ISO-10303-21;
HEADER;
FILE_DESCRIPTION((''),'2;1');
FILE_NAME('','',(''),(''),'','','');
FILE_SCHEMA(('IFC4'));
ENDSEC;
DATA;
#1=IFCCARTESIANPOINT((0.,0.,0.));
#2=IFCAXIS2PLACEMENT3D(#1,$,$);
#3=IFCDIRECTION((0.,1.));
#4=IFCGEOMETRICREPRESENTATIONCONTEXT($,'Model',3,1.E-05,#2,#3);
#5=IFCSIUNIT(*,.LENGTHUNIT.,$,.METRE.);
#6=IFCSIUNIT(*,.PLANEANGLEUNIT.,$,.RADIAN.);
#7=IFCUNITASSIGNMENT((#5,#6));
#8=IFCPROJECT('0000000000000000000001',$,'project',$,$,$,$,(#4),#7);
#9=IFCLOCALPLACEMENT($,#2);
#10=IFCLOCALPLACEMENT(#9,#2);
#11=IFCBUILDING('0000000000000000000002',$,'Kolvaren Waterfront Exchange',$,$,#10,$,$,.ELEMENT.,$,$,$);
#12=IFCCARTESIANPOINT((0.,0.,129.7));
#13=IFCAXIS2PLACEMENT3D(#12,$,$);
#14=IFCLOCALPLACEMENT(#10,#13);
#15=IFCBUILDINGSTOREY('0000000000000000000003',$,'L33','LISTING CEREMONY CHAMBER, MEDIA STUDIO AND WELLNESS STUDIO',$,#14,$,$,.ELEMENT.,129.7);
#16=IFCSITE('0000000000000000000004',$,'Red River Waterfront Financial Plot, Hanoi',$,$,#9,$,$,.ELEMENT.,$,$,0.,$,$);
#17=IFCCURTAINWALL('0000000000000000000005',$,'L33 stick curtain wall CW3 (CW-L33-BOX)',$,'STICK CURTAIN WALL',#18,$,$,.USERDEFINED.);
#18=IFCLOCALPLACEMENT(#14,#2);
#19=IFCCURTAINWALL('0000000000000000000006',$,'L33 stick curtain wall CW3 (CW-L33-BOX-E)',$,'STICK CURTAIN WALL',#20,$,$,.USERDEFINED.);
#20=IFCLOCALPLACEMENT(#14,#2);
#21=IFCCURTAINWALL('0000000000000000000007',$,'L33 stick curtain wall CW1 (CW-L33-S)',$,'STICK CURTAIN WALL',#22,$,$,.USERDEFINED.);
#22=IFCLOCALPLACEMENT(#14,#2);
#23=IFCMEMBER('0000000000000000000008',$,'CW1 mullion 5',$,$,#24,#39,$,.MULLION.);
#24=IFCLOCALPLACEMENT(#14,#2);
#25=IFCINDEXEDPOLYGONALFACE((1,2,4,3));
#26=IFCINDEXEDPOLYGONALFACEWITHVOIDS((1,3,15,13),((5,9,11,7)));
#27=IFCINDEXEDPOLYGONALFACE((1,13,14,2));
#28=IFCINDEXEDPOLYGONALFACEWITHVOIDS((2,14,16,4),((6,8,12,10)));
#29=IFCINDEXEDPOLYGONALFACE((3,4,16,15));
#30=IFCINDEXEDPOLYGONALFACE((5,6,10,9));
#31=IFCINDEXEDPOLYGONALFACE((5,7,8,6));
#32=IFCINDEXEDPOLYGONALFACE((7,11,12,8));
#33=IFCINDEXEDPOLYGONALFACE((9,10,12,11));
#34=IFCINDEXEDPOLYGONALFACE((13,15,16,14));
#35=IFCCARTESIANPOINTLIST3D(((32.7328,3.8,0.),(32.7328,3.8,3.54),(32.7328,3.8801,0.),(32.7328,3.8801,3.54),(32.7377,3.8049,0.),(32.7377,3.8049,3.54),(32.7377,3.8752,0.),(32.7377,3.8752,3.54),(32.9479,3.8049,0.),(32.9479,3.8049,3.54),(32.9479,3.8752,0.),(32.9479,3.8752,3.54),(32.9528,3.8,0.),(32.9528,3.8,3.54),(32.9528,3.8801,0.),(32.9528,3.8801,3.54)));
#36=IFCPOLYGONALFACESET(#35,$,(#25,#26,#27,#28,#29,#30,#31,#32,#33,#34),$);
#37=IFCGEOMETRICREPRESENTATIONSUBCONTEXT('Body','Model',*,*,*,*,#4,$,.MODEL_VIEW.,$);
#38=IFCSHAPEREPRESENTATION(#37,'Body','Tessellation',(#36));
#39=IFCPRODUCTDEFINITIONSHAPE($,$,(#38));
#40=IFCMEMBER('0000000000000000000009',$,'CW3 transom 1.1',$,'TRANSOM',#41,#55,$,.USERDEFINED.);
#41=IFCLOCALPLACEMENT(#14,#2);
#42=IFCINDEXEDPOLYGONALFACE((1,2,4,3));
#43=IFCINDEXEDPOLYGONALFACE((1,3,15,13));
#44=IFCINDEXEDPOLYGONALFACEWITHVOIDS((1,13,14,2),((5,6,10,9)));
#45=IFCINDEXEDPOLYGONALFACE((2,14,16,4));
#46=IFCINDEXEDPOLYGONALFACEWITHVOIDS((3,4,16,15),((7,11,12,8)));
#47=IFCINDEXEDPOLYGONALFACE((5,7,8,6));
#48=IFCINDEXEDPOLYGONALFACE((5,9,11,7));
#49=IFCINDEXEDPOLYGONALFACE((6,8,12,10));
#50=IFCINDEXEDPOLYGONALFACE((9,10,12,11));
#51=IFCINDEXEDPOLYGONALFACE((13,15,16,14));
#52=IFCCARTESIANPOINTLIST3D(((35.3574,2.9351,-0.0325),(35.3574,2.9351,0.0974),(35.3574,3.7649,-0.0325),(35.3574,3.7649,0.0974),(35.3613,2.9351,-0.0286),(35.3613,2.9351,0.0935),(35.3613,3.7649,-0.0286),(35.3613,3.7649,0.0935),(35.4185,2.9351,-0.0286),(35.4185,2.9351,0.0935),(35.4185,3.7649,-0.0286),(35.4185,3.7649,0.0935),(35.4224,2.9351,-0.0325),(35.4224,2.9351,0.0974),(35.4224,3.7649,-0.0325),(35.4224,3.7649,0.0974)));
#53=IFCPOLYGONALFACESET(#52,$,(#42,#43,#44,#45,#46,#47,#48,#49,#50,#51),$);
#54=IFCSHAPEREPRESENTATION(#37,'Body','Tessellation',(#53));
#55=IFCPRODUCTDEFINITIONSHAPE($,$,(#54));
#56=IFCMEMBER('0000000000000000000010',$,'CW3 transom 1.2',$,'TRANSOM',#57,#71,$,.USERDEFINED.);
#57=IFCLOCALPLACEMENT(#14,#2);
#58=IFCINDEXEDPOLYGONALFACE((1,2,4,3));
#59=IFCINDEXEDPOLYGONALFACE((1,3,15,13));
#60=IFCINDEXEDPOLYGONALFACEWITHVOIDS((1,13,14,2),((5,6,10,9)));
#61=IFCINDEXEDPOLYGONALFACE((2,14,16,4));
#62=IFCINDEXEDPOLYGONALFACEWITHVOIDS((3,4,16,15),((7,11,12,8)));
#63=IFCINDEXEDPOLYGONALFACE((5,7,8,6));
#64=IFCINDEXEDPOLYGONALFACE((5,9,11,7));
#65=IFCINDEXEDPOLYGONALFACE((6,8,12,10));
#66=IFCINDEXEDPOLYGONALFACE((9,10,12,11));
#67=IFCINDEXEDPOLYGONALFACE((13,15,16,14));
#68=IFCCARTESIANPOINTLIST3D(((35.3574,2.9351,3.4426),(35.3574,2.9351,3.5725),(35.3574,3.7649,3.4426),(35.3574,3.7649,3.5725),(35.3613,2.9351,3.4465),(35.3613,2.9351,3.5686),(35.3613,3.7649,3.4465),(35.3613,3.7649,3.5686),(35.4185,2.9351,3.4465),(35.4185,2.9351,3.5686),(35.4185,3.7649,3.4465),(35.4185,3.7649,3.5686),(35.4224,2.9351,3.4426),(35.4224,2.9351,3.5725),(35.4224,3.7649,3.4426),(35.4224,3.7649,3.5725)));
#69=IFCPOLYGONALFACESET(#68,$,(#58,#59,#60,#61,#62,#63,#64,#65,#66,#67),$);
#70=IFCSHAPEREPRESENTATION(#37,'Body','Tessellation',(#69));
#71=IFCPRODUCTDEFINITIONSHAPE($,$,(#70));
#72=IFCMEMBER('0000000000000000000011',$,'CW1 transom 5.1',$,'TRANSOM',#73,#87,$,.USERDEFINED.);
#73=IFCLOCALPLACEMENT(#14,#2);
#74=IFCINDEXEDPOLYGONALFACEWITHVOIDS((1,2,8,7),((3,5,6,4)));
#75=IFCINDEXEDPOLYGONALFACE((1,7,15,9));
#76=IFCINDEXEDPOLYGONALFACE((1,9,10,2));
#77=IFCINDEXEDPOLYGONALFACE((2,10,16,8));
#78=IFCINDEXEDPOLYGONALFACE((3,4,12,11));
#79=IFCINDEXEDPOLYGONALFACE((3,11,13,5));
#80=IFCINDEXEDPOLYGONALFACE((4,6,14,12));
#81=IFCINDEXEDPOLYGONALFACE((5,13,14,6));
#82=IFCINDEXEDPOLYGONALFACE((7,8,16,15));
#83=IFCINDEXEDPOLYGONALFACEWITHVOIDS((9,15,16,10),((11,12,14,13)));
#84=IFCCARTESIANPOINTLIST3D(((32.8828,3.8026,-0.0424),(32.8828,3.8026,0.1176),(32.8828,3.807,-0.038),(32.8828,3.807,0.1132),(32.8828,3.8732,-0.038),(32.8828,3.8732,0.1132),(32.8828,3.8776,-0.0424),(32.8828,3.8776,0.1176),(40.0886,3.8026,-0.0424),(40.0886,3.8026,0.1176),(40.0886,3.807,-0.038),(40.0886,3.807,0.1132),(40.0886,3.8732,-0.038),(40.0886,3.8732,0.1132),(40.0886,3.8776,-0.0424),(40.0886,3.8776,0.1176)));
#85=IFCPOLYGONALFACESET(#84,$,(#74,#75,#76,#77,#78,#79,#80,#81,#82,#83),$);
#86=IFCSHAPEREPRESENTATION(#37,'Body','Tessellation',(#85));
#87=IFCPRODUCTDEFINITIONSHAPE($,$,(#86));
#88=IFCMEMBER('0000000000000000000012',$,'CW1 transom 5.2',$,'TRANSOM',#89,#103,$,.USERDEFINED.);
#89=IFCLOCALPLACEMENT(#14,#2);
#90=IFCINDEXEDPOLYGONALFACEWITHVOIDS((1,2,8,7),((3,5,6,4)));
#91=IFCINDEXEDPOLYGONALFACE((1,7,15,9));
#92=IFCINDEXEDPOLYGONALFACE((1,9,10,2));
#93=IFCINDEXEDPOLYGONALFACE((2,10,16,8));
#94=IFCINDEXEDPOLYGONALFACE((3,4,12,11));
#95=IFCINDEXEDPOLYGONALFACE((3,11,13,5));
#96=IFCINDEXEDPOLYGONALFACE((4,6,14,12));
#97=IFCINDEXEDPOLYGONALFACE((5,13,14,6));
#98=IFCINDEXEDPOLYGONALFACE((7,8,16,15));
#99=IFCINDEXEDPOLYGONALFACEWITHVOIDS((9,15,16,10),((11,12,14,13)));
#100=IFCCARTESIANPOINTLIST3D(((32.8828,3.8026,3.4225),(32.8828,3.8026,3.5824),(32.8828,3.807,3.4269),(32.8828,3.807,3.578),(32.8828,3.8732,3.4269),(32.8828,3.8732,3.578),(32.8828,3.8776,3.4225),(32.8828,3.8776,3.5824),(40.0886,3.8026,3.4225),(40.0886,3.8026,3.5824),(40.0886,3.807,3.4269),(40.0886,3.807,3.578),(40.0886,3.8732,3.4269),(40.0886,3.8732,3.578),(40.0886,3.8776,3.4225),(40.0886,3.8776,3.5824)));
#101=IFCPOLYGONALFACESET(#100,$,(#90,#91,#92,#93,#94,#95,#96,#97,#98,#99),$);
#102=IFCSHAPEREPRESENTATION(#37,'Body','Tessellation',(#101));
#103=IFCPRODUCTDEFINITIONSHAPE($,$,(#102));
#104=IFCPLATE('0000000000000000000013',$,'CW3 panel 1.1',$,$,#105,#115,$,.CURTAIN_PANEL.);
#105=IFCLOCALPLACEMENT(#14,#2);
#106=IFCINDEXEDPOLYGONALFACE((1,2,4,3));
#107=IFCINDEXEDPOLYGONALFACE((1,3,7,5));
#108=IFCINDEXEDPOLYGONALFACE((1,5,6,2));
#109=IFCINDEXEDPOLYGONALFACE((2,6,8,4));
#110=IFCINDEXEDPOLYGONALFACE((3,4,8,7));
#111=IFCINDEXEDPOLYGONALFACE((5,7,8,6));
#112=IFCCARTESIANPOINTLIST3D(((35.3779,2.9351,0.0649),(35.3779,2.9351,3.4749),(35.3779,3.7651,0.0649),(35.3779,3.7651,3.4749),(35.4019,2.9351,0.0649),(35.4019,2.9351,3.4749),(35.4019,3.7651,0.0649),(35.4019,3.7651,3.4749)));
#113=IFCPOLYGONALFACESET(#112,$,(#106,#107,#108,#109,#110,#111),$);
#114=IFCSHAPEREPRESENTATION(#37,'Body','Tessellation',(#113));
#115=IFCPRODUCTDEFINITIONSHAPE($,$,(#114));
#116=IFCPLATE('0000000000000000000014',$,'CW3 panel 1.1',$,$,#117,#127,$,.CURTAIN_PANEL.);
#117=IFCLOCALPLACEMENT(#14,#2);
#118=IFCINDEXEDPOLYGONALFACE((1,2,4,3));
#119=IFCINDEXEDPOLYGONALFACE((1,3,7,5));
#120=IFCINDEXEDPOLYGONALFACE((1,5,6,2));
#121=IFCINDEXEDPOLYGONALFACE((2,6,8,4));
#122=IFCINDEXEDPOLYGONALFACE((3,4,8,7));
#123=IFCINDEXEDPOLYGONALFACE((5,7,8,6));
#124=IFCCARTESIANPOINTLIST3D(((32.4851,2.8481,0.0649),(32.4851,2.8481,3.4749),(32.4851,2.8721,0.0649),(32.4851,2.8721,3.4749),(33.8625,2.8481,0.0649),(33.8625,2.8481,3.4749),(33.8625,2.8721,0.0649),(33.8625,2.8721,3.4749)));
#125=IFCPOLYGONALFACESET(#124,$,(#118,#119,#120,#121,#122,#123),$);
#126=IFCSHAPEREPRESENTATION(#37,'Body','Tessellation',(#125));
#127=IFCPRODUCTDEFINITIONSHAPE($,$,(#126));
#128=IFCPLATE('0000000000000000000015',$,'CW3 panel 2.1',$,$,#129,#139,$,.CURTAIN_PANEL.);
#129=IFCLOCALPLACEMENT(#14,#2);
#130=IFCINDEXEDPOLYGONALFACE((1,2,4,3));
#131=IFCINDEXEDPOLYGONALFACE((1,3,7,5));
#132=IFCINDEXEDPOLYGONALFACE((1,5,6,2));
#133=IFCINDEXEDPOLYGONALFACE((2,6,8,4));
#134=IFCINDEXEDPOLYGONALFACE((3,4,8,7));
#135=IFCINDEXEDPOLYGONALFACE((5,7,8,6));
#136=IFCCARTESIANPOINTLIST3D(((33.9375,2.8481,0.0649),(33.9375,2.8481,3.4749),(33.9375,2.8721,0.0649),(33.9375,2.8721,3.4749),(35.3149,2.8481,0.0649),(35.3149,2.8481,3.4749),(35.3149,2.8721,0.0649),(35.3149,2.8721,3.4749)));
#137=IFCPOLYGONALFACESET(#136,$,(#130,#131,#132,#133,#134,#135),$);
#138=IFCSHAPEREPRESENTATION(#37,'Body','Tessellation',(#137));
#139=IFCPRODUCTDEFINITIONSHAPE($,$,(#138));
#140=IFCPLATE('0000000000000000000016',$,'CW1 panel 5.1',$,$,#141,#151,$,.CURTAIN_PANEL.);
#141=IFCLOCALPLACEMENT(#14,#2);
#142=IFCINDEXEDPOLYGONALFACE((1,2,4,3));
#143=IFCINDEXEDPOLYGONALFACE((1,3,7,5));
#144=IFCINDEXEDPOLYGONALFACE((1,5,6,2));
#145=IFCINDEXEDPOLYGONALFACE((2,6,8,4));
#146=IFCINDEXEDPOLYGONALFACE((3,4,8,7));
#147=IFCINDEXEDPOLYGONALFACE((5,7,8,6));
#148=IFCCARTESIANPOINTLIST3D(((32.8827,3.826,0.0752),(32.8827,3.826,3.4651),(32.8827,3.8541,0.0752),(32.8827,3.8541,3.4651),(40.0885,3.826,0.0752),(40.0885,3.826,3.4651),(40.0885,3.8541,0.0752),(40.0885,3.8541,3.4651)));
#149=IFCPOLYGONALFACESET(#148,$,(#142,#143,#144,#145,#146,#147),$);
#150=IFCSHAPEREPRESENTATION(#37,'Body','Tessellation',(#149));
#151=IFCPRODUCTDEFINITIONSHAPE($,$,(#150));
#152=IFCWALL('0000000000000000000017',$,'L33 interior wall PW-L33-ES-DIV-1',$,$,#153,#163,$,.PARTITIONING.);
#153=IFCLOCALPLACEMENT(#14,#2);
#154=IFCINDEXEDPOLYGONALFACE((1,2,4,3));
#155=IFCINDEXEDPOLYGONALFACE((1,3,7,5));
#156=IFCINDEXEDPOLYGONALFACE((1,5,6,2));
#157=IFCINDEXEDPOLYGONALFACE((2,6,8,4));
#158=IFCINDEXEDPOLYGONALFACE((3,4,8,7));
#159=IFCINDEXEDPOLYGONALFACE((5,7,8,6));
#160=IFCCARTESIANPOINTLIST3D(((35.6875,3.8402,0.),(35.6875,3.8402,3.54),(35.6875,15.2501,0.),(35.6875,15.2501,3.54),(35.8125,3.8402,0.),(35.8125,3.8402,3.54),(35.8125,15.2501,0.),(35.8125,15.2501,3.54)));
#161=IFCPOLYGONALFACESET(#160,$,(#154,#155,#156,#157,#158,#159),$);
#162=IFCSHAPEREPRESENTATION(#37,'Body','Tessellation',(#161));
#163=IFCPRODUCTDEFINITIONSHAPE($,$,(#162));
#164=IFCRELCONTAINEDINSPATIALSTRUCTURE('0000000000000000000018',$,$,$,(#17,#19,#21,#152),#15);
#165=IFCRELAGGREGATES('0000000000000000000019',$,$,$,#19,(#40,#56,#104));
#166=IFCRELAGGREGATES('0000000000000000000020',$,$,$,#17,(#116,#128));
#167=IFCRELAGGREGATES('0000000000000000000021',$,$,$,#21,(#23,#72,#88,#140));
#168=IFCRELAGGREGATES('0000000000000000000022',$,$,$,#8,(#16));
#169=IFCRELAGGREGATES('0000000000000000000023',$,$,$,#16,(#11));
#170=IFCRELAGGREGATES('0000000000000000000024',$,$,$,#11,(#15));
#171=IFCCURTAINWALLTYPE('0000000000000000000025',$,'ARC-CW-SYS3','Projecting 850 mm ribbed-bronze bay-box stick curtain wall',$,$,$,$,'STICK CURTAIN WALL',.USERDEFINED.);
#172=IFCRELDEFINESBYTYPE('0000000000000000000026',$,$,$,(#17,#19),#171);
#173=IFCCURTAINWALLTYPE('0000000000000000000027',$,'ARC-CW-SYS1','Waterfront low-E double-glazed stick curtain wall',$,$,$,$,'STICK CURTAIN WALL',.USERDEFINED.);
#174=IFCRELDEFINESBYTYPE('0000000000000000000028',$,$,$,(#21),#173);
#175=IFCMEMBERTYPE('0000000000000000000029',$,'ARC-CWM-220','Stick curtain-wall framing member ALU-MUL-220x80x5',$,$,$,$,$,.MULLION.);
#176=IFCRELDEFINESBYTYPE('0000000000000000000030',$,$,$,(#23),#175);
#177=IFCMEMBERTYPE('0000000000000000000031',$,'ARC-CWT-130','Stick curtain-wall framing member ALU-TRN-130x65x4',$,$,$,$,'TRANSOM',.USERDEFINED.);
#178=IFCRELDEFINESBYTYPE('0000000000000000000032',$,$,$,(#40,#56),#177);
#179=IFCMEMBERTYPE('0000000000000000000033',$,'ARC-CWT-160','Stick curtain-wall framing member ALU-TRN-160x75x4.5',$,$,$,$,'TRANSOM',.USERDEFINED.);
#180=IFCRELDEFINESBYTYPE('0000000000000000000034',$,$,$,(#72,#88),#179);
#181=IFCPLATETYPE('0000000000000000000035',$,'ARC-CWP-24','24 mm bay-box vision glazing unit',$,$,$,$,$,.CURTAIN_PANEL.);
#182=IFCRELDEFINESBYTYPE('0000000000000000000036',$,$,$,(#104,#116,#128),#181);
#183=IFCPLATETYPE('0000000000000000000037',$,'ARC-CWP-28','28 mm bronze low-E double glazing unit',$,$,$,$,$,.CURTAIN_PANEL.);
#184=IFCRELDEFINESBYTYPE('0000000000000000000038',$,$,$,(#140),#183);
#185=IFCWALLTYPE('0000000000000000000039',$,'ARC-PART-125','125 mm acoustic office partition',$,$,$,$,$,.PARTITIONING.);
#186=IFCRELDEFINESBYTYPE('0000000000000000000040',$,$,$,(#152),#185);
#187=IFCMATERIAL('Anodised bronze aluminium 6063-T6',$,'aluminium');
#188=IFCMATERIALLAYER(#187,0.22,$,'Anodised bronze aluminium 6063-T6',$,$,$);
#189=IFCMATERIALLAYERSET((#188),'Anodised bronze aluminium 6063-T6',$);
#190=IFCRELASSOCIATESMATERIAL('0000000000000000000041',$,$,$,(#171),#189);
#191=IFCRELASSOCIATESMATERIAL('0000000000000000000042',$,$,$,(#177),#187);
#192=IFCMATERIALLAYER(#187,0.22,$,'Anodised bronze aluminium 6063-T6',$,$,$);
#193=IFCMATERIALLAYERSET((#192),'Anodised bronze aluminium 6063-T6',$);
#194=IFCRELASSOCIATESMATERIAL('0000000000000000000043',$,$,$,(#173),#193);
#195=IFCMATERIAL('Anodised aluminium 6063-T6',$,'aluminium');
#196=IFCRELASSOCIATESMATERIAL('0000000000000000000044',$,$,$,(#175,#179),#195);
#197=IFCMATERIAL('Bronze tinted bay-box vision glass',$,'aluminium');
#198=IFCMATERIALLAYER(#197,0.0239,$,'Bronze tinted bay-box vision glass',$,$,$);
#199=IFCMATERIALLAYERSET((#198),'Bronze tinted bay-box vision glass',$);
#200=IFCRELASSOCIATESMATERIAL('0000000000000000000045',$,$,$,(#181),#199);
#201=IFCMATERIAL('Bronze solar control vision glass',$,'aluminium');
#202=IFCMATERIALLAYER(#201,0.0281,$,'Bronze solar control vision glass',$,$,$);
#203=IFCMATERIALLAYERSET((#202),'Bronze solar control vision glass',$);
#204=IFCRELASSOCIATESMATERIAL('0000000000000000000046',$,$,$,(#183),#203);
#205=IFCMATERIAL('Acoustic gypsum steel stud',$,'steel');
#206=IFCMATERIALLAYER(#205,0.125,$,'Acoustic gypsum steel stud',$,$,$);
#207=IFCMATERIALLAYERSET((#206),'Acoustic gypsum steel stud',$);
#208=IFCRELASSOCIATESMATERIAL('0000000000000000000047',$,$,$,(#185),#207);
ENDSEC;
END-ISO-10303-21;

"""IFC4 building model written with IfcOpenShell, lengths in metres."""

from ifc_helpers import new_model, si_unit, direction, frame, frame_2d, origin, origin_with_axes, origin_2d, place, context, subcontext, project, spatial, rectangle, hollow_rectangle, extrude, source, transform, mapped, material, layer, layer_set, material_profile, profile_set, type_object, element, aggregate, save


model = new_model("IFC4")

# Units and contexts
model_context = context("Model", 3, precision=1e-05, world=origin(), true_north=direction((0.0, 1.0)))
body_context = subcontext(model_context, "Body", "Model", "MODEL_VIEW")
ifc_project = project(units=[si_unit("LENGTHUNIT", "METRE"), si_unit("PLANEANGLEUNIT", "RADIAN")], contexts=[model_context])

# Site, building, storey
site_placement = place(None, origin())
site = spatial("IfcSite", under=ifc_project, at=site_placement, Name="Red River Waterfront Financial Plot, Hanoi", CompositionType="ELEMENT", RefElevation=0.0)
building_placement = place(site_placement, origin())
building = spatial("IfcBuilding", under=site, at=building_placement, Name="Kolvaren Waterfront Exchange", CompositionType="ELEMENT")
storey_placement = place(building_placement, frame((0.0, 0.0, 129.7)))
storey = spatial("IfcBuildingStorey", under=building, at=storey_placement, Name="L33", Description="LISTING CEREMONY CHAMBER, MEDIA STUDIO AND WELLNESS STUDIO", CompositionType="ELEMENT", Elevation=129.7)

# Curtain walls
ifc_material_1 = material(Name="Anodised bronze aluminium 6063-T6", Category="aluminium")
ifc_layer_1 = layer(ifc_material_1, 0.22, Name="Anodised bronze aluminium 6063-T6")
ifc_layer_set_1 = layer_set([ifc_layer_1], Name="Anodised bronze aluminium 6063-T6")
curtain_wall_type_1 = type_object("IfcCurtainWallType", Name="ARC-CW-SYS3", Description="Projecting 850 mm ribbed-bronze bay-box stick curtain wall", ElementType="STICK CURTAIN WALL", PredefinedType="USERDEFINED", material=ifc_layer_set_1)
curtain_wall_1_placement = place(storey_placement, origin())
curtain_wall_1 = element("IfcCurtainWall", 1, at=curtain_wall_1_placement, inside=storey, type_object=curtain_wall_type_1, Name="L33 stick curtain wall CW3 (CW-L33-BOX)", ObjectType="STICK CURTAIN WALL", PredefinedType="USERDEFINED")
curtain_wall_2_placement = place(storey_placement, origin())
curtain_wall_2 = element("IfcCurtainWall", 2, at=curtain_wall_2_placement, inside=storey, type_object=curtain_wall_type_1, Name="L33 stick curtain wall CW3 (CW-L33-BOX-E)", ObjectType="STICK CURTAIN WALL", PredefinedType="USERDEFINED")

# Shared definitions
ifc_material_profile_1 = material_profile(ifc_material_1, hollow_rectangle(XDim=0.0649, YDim=0.1299, WallThickness=0.0039, at=origin_2d()), Name="ALU-TRN-130x65x4")
ifc_profile_set_1 = profile_set([ifc_material_profile_1], Name="Anodised bronze aluminium 6063-T6")
member_type_1 = type_object("IfcMemberType", Name="ARC-CWT-130", Description="Stick curtain-wall framing member ALU-TRN-130x65x4", ElementType="TRANSOM", PredefinedType="USERDEFINED", material=ifc_profile_set_1)

# Curtain wall, member
ifc_layer_2 = layer(ifc_material_1, 0.22, Name="Anodised bronze aluminium 6063-T6")
ifc_layer_set_2 = layer_set([ifc_layer_2], Name="Anodised bronze aluminium 6063-T6")
curtain_wall_type_2 = type_object("IfcCurtainWallType", Name="ARC-CW-SYS1", Description="Waterfront low-E double-glazed stick curtain wall", ElementType="STICK CURTAIN WALL", PredefinedType="USERDEFINED", material=ifc_layer_set_2)
curtain_wall_3_placement = place(storey_placement, origin())
curtain_wall_3 = element("IfcCurtainWall", 3, at=curtain_wall_3_placement, inside=storey, type_object=curtain_wall_type_2, Name="L33 stick curtain wall CW1 (CW-L33-S)", ObjectType="STICK CURTAIN WALL", PredefinedType="USERDEFINED")
ifc_material_2 = material(Name="Anodised aluminium 6063-T6", Category="aluminium")
ifc_material_profile_2 = material_profile(ifc_material_2, hollow_rectangle(XDim=0.0801, YDim=0.22, WallThickness=0.0049, at=origin_2d()), Name="ALU-MUL-220x80x5")
ifc_profile_set_2 = profile_set([ifc_material_profile_2], Name="Anodised aluminium 6063-T6")
member_type_2 = type_object("IfcMemberType", Name="ARC-CWM-220", Description="Stick curtain-wall framing member ALU-MUL-220x80x5", PredefinedType="MULLION", material=ifc_profile_set_2)
shared_shape_1 = source(origin_with_axes(), body_context, "Body", "SweptSolid", [
    extrude(hollow_rectangle(XDim=0.0801, YDim=0.22, WallThickness=0.0049, at=origin_2d()), origin(), (0.0, 0.0, 1.0), 3.54),
])
member_1_placement = place(storey_placement, frame((32.8428, 3.8401, 0.0), z_axis=(0.0, 0.0, 1.0), x_axis=(0.0, 1.0, 0.0)))
member_1 = element("IfcMember", 4, at=member_1_placement, type_object=member_type_2, Name="CW1 mullion 5", PredefinedType="MULLION", context=body_context, shape_type="MappedRepresentation", body=[
    mapped(shared_shape_1, transform((0.0, 0.0, 0.0), x_axis=(1.0, 0.0, 0.0), y_axis=(0.0, 1.0, 0.0), z_axis=(0.0, 0.0, 1.0), scale=1.0)),
])

# Members
shared_shape_2 = source(origin_with_axes(), body_context, "Body", "SweptSolid", [
    extrude(hollow_rectangle(XDim=0.0649, YDim=0.1299, WallThickness=0.0039, at=origin_2d()), origin(), (0.0, 0.0, 1.0), 0.8298),
])
member_2_placement = place(storey_placement, frame((35.3899, 2.9351, 0.0325), z_axis=(0.0, 1.0, 0.0), x_axis=(-1.0, 0.0, 0.0)))
member_2 = element("IfcMember", 5, at=member_2_placement, type_object=member_type_1, Name="CW3 transom 1.1", ObjectType="TRANSOM", PredefinedType="USERDEFINED", context=body_context, shape_type="MappedRepresentation", body=[
    mapped(shared_shape_2, transform((0.0, 0.0, 0.0), x_axis=(1.0, 0.0, 0.0), y_axis=(0.0, 1.0, 0.0), z_axis=(0.0, 0.0, 1.0), scale=1.0)),
])
member_3_placement = place(storey_placement, frame((35.3899, 2.9351, 3.5076), z_axis=(0.0, 1.0, 0.0), x_axis=(-1.0, 0.0, 0.0)))
member_3 = element("IfcMember", 6, at=member_3_placement, type_object=member_type_1, Name="CW3 transom 1.2", ObjectType="TRANSOM", PredefinedType="USERDEFINED", context=body_context, shape_type="MappedRepresentation", body=[
    mapped(shared_shape_2, transform((0.0, 0.0, 0.0), x_axis=(1.0, 0.0, 0.0), y_axis=(0.0, 1.0, 0.0), z_axis=(0.0, 0.0, 1.0), scale=1.0)),
])
ifc_material_profile_3 = material_profile(ifc_material_2, hollow_rectangle(XDim=0.075, YDim=0.1599, WallThickness=0.0044, at=origin_2d()), Name="ALU-TRN-160x75x4.5")
ifc_profile_set_3 = profile_set([ifc_material_profile_3], Name="Anodised aluminium 6063-T6")
member_type_3 = type_object("IfcMemberType", Name="ARC-CWT-160", Description="Stick curtain-wall framing member ALU-TRN-160x75x4.5", ElementType="TRANSOM", PredefinedType="USERDEFINED", material=ifc_profile_set_3)
shared_shape_3 = source(origin_with_axes(), body_context, "Body", "SweptSolid", [
    extrude(hollow_rectangle(XDim=0.075, YDim=0.1599, WallThickness=0.0044, at=origin_2d()), origin(), (0.0, 0.0, 1.0), 7.2058),
])
member_4_placement = place(storey_placement, frame((32.8828, 3.8401, 0.0376), z_axis=(1.0, 0.0, 0.0), x_axis=(0.0, 1.0, 0.0)))
member_4 = element("IfcMember", 7, at=member_4_placement, type_object=member_type_3, Name="CW1 transom 5.1", ObjectType="TRANSOM", PredefinedType="USERDEFINED", context=body_context, shape_type="MappedRepresentation", body=[
    mapped(shared_shape_3, transform((0.0, 0.0, 0.0), x_axis=(1.0, 0.0, 0.0), y_axis=(0.0, 1.0, 0.0), z_axis=(0.0, 0.0, 1.0), scale=1.0)),
])
member_5_placement = place(storey_placement, frame((32.8828, 3.8401, 3.5024), z_axis=(1.0, 0.0, 0.0), x_axis=(0.0, 1.0, 0.0)))
member_5 = element("IfcMember", 8, at=member_5_placement, type_object=member_type_3, Name="CW1 transom 5.2", ObjectType="TRANSOM", PredefinedType="USERDEFINED", context=body_context, shape_type="MappedRepresentation", body=[
    mapped(shared_shape_3, transform((0.0, 0.0, 0.0), x_axis=(1.0, 0.0, 0.0), y_axis=(0.0, 1.0, 0.0), z_axis=(0.0, 0.0, 1.0), scale=1.0)),
])

# Plates
ifc_material_3 = material(Name="Bronze tinted bay-box vision glass", Category="aluminium")
ifc_layer_3 = layer(ifc_material_3, 0.0239, Name="Bronze tinted bay-box vision glass")
ifc_layer_set_3 = layer_set([ifc_layer_3], Name="Bronze tinted bay-box vision glass")
plate_type_1 = type_object("IfcPlateType", Name="ARC-CWP-24", Description="24 mm bay-box vision glazing unit", PredefinedType="CURTAIN_PANEL", material=ifc_layer_set_3)
shared_shape_4 = source(origin_with_axes(), body_context, "Body", "SweptSolid", [
    extrude(rectangle(XDim=0.8301, YDim=0.0239, at=origin_2d()), origin(), (0.0, 0.0, 1.0), 3.4099),
])
plate_1_placement = place(storey_placement, frame((35.3899, 3.3501, 0.0649), z_axis=(0.0, 0.0, 1.0), x_axis=(0.0, 1.0, 0.0)))
plate_1 = element("IfcPlate", 9, at=plate_1_placement, type_object=plate_type_1, Name="CW3 panel 1.1", PredefinedType="CURTAIN_PANEL", context=body_context, shape_type="MappedRepresentation", body=[
    mapped(shared_shape_4, transform((0.0, 0.0, 0.0), x_axis=(1.0, 0.0, 0.0), y_axis=(0.0, 1.0, 0.0), z_axis=(0.0, 0.0, 1.0), scale=1.0)),
])
aggregate(curtain_wall_2, [member_2, member_3, plate_1])
shared_shape_5 = source(origin_with_axes(), body_context, "Body", "SweptSolid", [
    extrude(rectangle(XDim=1.3774, YDim=0.0239, at=origin_2d()), origin(), (0.0, 0.0, 1.0), 3.4099),
])
plate_2_placement = place(storey_placement, frame((33.1738, 2.8601, 0.0649), z_axis=(0.0, 0.0, 1.0), x_axis=(1.0, 0.0, 0.0)))
plate_2 = element("IfcPlate", 10, at=plate_2_placement, type_object=plate_type_1, Name="CW3 panel 1.1", PredefinedType="CURTAIN_PANEL", context=body_context, shape_type="MappedRepresentation", body=[
    mapped(shared_shape_5, transform((0.0, 0.0, 0.0), x_axis=(1.0, 0.0, 0.0), y_axis=(0.0, 1.0, 0.0), z_axis=(0.0, 0.0, 1.0), scale=1.0)),
])
plate_3_placement = place(storey_placement, frame((34.6262, 2.8601, 0.0649), z_axis=(0.0, 0.0, 1.0), x_axis=(1.0, 0.0, 0.0)))
plate_3 = element("IfcPlate", 11, at=plate_3_placement, type_object=plate_type_1, Name="CW3 panel 2.1", PredefinedType="CURTAIN_PANEL", context=body_context, shape_type="MappedRepresentation", body=[
    mapped(shared_shape_5, transform((0.0, 0.0, 0.0), x_axis=(1.0, 0.0, 0.0), y_axis=(0.0, 1.0, 0.0), z_axis=(0.0, 0.0, 1.0), scale=1.0)),
])
aggregate(curtain_wall_1, [plate_2, plate_3])
ifc_material_4 = material(Name="Bronze solar control vision glass", Category="aluminium")
ifc_layer_4 = layer(ifc_material_4, 0.0281, Name="Bronze solar control vision glass")
ifc_layer_set_4 = layer_set([ifc_layer_4], Name="Bronze solar control vision glass")
plate_type_2 = type_object("IfcPlateType", Name="ARC-CWP-28", Description="28 mm bronze low-E double glazing unit", PredefinedType="CURTAIN_PANEL", material=ifc_layer_set_4)
shared_shape_6 = source(origin_with_axes(), body_context, "Body", "SweptSolid", [
    extrude(rectangle(XDim=7.2058, YDim=0.0281, at=origin_2d()), origin(), (0.0, 0.0, 1.0), 3.3899),
])
plate_4_placement = place(storey_placement, frame((36.4856, 3.8401, 0.0752), z_axis=(0.0, 0.0, 1.0), x_axis=(1.0, 0.0, 0.0)))
plate_4 = element("IfcPlate", 12, at=plate_4_placement, type_object=plate_type_2, Name="CW1 panel 5.1", PredefinedType="CURTAIN_PANEL", context=body_context, shape_type="MappedRepresentation", body=[
    mapped(shared_shape_6, transform((0.0, 0.0, 0.0), x_axis=(1.0, 0.0, 0.0), y_axis=(0.0, 1.0, 0.0), z_axis=(0.0, 0.0, 1.0), scale=1.0)),
])
aggregate(curtain_wall_3, [member_1, member_4, member_5, plate_4])

# Wall
ifc_material_5 = material(Name="Acoustic gypsum steel stud", Category="steel")
ifc_layer_5 = layer(ifc_material_5, 0.125, Name="Acoustic gypsum steel stud")
ifc_layer_set_5 = layer_set([ifc_layer_5], Name="Acoustic gypsum steel stud")
wall_type = type_object("IfcWallType", Name="ARC-PART-125", Description="125 mm acoustic office partition", PredefinedType="PARTITIONING", material=ifc_layer_set_5)
wall_placement = place(storey_placement, frame((35.75, 3.8401, 0.0), z_axis=(0.0, 0.0, 1.0), x_axis=(0.0, 1.0, 0.0)))
element("IfcWall", 13, at=wall_placement, inside=storey, type_object=wall_type, Name="L33 interior wall PW-L33-ES-DIV-1", PredefinedType="PARTITIONING", context=body_context, shape_type="SweptSolid", body=[
    extrude(rectangle(XDim=11.4099, YDim=0.125, at=frame_2d((5.7051, 0.0))), origin(), (0.0, 0.0, 1.0), 3.54),
])

save(model, "model.ifc")
